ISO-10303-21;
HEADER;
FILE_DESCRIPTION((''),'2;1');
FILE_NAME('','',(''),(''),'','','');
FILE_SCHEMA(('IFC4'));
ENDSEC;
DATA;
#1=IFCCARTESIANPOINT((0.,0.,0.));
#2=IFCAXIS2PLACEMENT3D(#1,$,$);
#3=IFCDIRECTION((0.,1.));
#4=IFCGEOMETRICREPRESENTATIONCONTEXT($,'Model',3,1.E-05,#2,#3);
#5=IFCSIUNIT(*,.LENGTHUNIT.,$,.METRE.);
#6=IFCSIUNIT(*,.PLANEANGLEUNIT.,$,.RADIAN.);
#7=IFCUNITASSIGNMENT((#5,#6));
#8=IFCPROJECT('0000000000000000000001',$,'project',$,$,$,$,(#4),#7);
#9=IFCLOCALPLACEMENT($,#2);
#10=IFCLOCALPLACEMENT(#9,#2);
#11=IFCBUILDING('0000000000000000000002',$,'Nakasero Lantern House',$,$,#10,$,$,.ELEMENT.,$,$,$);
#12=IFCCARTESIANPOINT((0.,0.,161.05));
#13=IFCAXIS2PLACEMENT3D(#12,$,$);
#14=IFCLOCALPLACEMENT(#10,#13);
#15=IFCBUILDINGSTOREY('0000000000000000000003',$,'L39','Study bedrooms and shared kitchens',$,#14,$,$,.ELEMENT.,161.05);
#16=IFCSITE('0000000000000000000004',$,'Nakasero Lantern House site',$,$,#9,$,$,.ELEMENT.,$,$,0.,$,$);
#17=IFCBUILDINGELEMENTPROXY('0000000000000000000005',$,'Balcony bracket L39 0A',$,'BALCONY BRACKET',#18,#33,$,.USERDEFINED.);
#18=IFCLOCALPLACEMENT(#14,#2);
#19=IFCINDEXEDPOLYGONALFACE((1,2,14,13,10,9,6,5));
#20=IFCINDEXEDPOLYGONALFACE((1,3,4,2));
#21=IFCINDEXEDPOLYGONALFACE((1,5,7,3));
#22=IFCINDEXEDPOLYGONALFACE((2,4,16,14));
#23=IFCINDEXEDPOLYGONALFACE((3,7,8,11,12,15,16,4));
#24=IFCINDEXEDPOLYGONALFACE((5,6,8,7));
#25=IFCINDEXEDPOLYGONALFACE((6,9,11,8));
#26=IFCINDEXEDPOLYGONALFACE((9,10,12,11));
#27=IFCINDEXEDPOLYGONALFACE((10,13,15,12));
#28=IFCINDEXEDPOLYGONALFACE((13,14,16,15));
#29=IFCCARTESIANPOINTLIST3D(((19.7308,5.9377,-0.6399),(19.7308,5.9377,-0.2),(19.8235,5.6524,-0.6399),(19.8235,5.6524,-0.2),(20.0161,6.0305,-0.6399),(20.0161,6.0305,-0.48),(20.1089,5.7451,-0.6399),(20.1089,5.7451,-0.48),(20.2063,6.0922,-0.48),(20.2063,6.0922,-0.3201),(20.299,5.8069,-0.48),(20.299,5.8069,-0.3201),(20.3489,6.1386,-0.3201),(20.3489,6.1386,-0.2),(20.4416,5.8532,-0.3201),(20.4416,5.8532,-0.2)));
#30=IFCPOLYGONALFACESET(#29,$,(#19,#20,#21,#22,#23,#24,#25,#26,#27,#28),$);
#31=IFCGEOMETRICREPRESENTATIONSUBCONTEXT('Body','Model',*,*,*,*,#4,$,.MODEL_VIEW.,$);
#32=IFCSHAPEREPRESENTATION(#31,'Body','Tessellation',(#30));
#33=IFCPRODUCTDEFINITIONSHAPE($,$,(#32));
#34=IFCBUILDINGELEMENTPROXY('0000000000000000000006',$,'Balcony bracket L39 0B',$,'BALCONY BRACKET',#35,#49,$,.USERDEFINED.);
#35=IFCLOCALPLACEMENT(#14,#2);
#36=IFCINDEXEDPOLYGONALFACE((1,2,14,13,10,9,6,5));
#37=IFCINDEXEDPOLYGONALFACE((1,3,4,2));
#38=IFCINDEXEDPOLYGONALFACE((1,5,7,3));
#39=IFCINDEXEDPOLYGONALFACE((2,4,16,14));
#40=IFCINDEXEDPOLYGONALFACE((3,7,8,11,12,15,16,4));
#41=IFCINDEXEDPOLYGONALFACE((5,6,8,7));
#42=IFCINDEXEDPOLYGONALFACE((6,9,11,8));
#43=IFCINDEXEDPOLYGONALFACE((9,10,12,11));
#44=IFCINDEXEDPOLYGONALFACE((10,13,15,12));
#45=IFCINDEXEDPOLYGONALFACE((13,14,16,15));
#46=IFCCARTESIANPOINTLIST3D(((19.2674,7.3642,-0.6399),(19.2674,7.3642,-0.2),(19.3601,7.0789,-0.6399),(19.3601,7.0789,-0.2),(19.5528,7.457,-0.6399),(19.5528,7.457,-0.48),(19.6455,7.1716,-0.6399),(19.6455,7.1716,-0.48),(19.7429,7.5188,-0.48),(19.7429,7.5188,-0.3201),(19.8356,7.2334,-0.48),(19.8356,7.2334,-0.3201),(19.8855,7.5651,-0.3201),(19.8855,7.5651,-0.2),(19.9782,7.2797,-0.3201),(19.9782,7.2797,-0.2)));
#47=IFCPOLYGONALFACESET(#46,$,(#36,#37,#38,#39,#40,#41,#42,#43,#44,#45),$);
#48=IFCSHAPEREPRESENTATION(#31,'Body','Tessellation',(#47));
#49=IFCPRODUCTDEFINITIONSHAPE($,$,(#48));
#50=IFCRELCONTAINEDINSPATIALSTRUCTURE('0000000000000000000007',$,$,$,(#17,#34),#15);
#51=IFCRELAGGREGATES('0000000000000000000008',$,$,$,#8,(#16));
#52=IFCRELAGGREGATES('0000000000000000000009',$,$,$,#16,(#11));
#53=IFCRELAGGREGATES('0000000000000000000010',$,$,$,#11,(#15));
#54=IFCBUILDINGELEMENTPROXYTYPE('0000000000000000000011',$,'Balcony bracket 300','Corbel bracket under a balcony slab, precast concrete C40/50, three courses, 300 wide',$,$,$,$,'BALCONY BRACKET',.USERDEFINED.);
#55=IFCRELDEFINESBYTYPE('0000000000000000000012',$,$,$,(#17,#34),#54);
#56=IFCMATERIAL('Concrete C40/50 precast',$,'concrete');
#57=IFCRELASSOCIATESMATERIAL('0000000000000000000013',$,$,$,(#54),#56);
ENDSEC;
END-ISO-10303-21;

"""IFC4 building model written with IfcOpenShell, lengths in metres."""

from ifc_helpers import new_model, si_unit, direction, frame, origin, place, context, subcontext, project, spatial, polyline, outline, extrude, material, type_object, element, save


model = new_model("IFC4")

# Units and contexts
model_context = context("Model", 3, precision=1e-05, world=origin(), true_north=direction((0.0, 1.0)))
body_context = subcontext(model_context, "Body", "Model", "MODEL_VIEW")
ifc_project = project(units=[si_unit("LENGTHUNIT", "METRE"), si_unit("PLANEANGLEUNIT", "RADIAN")], contexts=[model_context])

# Site, building, storey
site_placement = place(None, origin())
site = spatial("IfcSite", under=ifc_project, at=site_placement, Name="Nakasero Lantern House site", CompositionType="ELEMENT", RefElevation=0.0)
building_placement = place(site_placement, origin())
building = spatial("IfcBuilding", under=site, at=building_placement, Name="Nakasero Lantern House", CompositionType="ELEMENT")
storey_placement = place(building_placement, frame((0.0, 0.0, 161.05)))
storey = spatial("IfcBuildingStorey", under=building, at=storey_placement, Name="L39", Description="Study bedrooms and shared kitchens", CompositionType="ELEMENT", Elevation=161.05)

# Building element proxies
ifc_material_1 = material(Name="Concrete C40/50 precast", Category="concrete")
building_element_proxy_type = type_object("IfcBuildingElementProxyType", Name="Balcony bracket 300", Description="Corbel bracket under a balcony slab, precast concrete C40/50, three courses, 300 wide", ElementType="BALCONY BRACKET", PredefinedType="USERDEFINED", material=ifc_material_1)
for number, where, z_axis, x_axis, name in (
    (1, (19.7771, 5.7952, -0.2), (0.0, 0.0, 1.0), (0.951057, 0.309017, 0.0), "Balcony bracket L39 0A"),
    (2, (19.3137, 7.2217, -0.2), (0.0, 0.0, 1.0), (0.951057, 0.309017, 0.0), "Balcony bracket L39 0B"),
):
    element("IfcBuildingElementProxy", number, at=place(storey_placement, frame(where, z_axis=z_axis, x_axis=x_axis)), inside=storey, type_object=building_element_proxy_type, Name=name, ObjectType="BALCONY BRACKET", PredefinedType="USERDEFINED", context=body_context, shape_type="SweptSolid", body=[
        extrude(outline(polyline([(0.0, 0.0), (0.6499, 0.0), (0.6499, -0.1201), (0.5, -0.1201), (0.5, -0.28), (0.3, -0.28), (0.3, -0.4399), (0.0, -0.4399), (0.0, 0.0)])), frame((0.0, 0.1499, 0.0), z_axis=(0.0, -1.0, 0.0), x_axis=(1.0, 0.0, 0.0)), (0.0, 0.0, 1.0), 0.3),
    ])

save(model, "model.ifc")
